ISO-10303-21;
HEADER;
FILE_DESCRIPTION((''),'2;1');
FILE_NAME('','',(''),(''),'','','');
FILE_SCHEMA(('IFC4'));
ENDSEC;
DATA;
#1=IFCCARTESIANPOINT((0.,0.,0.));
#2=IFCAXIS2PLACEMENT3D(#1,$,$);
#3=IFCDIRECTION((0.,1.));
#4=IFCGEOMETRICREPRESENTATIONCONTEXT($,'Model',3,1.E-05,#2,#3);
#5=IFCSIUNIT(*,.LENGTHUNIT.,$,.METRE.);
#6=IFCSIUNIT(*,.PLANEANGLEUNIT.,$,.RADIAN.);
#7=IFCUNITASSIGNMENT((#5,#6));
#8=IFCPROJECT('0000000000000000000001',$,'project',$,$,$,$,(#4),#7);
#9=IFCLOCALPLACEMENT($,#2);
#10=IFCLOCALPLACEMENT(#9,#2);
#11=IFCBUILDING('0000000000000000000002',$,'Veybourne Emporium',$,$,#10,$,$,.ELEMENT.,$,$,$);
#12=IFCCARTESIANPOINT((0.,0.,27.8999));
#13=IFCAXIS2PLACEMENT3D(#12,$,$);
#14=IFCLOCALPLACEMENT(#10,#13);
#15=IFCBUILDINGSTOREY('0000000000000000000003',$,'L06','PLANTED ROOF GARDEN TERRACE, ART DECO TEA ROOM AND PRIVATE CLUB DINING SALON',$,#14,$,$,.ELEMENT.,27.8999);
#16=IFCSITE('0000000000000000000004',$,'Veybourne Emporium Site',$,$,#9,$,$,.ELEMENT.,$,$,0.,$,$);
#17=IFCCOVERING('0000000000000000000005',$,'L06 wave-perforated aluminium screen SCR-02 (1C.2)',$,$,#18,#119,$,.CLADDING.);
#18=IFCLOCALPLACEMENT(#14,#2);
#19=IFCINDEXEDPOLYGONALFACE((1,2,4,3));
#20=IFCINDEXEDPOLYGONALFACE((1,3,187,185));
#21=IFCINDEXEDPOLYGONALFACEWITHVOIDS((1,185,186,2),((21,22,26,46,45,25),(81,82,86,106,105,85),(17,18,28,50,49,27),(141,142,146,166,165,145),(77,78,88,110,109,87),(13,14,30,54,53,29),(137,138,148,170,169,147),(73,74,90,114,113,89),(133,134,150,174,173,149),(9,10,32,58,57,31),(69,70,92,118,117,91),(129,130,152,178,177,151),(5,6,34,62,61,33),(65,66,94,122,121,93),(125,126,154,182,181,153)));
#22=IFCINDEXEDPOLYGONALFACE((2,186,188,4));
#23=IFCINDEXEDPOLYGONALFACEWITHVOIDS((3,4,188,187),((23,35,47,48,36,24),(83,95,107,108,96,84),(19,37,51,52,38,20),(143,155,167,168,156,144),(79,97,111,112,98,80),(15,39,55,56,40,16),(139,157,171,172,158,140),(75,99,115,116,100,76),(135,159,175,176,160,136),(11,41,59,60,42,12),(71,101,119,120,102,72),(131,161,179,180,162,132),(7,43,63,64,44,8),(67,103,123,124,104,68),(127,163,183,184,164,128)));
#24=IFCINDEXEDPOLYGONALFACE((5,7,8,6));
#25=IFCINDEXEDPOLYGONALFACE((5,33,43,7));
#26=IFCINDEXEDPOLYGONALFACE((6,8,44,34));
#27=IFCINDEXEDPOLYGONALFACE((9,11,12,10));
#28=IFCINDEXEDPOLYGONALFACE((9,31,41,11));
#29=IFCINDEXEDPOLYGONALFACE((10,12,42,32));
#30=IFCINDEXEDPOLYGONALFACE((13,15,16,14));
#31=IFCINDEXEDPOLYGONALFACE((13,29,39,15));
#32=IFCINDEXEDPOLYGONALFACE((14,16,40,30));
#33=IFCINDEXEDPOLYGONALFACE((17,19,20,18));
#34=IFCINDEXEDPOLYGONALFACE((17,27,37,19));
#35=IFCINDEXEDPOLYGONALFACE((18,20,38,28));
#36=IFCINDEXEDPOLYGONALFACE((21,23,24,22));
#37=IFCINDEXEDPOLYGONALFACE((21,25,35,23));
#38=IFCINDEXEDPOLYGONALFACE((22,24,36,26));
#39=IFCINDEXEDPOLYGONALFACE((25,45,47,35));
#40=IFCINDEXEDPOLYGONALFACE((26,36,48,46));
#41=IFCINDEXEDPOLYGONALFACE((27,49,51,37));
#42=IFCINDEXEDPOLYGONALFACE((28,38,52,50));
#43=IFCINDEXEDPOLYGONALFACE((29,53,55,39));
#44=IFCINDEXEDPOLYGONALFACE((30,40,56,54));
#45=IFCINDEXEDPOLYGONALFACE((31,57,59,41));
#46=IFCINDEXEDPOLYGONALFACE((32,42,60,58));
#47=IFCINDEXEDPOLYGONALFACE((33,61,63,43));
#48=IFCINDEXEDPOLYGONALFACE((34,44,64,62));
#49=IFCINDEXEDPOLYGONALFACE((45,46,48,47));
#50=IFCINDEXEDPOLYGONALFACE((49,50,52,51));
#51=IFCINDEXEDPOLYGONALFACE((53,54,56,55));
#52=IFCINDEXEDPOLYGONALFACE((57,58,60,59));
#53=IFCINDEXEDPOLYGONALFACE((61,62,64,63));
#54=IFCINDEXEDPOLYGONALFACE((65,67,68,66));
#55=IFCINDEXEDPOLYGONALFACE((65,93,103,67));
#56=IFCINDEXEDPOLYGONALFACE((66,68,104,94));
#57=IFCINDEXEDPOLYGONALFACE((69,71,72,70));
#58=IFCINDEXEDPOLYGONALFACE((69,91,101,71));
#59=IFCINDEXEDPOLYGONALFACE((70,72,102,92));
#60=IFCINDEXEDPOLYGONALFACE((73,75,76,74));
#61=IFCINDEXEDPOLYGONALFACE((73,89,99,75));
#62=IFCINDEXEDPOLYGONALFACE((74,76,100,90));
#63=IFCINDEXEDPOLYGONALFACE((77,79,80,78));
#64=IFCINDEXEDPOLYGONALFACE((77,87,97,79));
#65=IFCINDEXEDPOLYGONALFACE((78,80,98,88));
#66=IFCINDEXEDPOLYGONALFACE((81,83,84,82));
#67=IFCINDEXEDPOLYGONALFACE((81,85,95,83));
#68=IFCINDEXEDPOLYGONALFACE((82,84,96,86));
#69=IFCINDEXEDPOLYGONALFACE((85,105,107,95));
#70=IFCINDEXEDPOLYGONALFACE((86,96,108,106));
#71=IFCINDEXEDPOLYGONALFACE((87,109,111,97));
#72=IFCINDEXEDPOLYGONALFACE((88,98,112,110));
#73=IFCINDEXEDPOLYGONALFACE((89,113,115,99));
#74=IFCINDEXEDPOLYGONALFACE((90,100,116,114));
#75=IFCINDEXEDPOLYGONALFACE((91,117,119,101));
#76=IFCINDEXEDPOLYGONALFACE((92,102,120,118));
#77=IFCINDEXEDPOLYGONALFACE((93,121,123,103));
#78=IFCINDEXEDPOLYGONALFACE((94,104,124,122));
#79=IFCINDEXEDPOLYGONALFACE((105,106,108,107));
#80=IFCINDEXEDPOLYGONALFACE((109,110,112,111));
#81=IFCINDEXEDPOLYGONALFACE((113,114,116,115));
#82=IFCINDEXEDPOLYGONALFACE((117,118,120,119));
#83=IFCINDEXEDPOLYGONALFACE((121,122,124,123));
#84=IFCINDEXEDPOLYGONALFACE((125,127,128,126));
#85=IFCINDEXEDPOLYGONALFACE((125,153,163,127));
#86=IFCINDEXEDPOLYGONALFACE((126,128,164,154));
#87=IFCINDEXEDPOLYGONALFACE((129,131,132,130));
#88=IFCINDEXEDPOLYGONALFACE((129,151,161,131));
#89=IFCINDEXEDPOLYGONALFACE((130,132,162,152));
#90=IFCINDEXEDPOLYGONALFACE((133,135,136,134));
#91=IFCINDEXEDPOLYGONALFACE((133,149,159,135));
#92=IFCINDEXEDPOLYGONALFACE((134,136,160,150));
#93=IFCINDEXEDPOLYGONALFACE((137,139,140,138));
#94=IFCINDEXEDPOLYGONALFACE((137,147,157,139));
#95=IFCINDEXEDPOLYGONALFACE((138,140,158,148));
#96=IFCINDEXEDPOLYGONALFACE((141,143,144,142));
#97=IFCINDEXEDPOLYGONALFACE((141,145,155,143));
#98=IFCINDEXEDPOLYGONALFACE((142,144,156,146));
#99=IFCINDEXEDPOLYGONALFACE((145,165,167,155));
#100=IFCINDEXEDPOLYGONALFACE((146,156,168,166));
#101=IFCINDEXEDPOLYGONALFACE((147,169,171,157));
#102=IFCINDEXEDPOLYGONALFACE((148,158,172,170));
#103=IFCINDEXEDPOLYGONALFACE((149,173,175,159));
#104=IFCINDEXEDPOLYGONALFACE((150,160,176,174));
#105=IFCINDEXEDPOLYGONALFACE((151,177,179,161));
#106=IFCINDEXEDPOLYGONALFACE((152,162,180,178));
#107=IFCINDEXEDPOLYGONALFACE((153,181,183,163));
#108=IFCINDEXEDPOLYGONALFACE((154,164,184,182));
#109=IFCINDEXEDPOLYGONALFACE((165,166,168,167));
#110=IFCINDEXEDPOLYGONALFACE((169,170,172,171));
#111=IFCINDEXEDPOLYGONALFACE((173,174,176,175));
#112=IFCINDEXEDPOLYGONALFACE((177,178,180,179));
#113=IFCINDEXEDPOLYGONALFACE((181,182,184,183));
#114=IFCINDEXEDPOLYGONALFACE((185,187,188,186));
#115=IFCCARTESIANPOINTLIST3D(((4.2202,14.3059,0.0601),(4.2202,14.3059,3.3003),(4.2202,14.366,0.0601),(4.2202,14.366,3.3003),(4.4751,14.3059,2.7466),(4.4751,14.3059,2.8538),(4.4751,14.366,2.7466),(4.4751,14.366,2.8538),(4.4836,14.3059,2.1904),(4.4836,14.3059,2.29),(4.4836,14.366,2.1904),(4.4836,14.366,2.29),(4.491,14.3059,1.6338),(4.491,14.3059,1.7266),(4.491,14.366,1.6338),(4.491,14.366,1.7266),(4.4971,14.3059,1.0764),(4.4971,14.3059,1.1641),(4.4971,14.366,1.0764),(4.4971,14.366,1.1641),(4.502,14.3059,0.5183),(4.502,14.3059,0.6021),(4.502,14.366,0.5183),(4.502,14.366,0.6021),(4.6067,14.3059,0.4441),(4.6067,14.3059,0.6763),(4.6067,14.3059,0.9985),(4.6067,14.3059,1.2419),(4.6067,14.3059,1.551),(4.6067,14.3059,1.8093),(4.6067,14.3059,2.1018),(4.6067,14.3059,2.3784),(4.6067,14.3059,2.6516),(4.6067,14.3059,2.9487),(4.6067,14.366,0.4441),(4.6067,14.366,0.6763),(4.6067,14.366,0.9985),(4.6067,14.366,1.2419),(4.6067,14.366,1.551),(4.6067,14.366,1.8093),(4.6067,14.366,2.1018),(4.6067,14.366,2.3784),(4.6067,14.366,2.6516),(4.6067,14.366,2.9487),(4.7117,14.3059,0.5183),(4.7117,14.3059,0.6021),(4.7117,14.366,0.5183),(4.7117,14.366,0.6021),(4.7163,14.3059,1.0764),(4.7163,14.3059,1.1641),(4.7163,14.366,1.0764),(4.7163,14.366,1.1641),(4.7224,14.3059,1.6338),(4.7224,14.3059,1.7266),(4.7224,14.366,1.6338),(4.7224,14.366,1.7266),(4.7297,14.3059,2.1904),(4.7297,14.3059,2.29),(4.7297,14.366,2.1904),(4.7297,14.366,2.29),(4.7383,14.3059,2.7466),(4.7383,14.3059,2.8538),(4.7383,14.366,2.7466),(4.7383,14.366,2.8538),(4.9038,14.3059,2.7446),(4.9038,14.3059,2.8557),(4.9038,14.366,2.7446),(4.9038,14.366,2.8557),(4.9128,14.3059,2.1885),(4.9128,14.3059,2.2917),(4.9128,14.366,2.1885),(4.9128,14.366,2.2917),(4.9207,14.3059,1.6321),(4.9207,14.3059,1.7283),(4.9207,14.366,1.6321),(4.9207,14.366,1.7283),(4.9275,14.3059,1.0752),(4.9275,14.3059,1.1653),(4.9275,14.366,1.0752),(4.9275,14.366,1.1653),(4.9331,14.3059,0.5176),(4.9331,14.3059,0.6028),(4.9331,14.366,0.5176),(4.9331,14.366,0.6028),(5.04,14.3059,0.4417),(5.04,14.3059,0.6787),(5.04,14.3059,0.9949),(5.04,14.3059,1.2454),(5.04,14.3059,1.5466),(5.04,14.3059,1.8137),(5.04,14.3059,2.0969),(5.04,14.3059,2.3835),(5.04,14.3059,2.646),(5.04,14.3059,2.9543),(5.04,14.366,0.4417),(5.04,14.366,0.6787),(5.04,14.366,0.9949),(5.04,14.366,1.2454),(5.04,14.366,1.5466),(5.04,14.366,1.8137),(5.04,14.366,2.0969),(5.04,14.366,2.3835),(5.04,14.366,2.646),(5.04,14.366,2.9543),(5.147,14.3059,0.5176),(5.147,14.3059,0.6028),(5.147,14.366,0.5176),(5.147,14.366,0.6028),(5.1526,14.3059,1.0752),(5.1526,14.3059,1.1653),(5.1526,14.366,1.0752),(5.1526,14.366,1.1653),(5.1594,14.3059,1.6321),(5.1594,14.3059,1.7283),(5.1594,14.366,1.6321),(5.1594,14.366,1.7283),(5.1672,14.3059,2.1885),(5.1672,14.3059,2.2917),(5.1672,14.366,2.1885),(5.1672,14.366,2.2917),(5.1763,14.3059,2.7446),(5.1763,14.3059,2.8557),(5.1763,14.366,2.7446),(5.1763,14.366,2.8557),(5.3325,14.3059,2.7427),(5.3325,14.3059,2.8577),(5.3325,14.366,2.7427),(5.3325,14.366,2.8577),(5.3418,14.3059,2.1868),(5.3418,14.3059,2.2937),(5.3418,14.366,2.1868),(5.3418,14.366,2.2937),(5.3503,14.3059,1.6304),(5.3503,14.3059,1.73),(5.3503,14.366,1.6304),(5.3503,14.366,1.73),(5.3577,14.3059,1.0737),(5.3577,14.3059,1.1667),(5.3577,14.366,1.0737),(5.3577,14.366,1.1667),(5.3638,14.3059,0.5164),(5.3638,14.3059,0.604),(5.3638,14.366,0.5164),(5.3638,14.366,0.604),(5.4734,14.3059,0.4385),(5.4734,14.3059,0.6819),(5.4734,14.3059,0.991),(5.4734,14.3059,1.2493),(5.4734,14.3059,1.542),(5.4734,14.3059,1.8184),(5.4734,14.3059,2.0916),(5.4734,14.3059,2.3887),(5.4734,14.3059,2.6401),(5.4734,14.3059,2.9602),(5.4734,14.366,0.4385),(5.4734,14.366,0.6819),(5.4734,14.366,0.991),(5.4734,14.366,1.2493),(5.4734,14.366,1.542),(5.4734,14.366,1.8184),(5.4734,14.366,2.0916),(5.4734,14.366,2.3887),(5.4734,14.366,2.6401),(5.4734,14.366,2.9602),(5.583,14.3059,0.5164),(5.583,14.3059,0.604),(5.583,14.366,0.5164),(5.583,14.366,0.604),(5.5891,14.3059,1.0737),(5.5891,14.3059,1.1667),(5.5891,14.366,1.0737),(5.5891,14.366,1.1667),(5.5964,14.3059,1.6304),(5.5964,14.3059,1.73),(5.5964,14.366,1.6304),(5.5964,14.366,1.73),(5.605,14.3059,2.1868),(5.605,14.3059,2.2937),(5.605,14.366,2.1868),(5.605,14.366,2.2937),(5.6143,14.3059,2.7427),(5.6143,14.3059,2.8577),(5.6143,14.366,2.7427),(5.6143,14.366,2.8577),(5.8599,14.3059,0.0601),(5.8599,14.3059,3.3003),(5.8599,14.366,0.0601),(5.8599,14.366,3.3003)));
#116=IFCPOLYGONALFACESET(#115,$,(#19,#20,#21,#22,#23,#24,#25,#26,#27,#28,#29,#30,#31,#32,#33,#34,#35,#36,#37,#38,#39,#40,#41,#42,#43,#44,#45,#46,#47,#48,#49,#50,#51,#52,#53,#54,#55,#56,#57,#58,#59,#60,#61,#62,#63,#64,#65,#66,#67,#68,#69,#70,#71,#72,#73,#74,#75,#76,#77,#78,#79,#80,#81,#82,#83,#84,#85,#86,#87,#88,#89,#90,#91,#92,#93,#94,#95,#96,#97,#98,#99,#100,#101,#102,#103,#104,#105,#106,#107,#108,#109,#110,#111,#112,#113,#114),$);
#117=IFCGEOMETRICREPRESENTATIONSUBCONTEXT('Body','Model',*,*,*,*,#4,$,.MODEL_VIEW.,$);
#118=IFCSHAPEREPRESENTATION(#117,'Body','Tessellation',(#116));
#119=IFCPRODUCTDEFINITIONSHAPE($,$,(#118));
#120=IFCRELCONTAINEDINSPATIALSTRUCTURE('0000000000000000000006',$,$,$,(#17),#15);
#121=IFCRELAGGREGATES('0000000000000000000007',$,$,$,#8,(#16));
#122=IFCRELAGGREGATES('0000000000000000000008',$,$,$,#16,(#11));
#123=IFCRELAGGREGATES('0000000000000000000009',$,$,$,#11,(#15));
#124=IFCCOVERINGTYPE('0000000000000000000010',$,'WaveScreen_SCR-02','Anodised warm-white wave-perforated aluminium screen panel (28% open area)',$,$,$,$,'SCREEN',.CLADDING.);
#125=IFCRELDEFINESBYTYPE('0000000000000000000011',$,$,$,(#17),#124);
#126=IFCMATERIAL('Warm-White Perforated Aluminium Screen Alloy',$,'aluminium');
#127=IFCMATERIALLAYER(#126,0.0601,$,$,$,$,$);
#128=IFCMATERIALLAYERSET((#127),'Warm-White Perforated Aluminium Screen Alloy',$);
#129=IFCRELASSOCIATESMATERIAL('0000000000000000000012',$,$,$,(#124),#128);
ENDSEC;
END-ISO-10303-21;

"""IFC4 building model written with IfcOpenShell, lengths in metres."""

from ifc_helpers import new_model, si_unit, direction, frame, origin, place, context, subcontext, project, spatial, polyline, outline, extrude, material, layer, layer_set, type_object, element, save


model = new_model("IFC4")

# Units and contexts
model_context = context("Model", 3, precision=1e-05, world=origin(), true_north=direction((0.0, 1.0)))
body_context = subcontext(model_context, "Body", "Model", "MODEL_VIEW")
ifc_project = project(units=[si_unit("LENGTHUNIT", "METRE"), si_unit("PLANEANGLEUNIT", "RADIAN")], contexts=[model_context])

# Site, building, storey
site_placement = place(None, origin())
site = spatial("IfcSite", under=ifc_project, at=site_placement, Name="Veybourne Emporium Site", CompositionType="ELEMENT", RefElevation=0.0)
building_placement = place(site_placement, origin())
building = spatial("IfcBuilding", under=site, at=building_placement, Name="Veybourne Emporium", CompositionType="ELEMENT")
storey_placement = place(building_placement, frame((0.0, 0.0, 27.8999)))
storey = spatial("IfcBuildingStorey", under=building, at=storey_placement, Name="L06", Description="PLANTED ROOF GARDEN TERRACE, ART DECO TEA ROOM AND PRIVATE CLUB DINING SALON", CompositionType="ELEMENT", Elevation=27.8999)

# Covering
ifc_material_1 = material(Name="Warm-White Perforated Aluminium Screen Alloy", Category="aluminium")
ifc_layer_1 = layer(ifc_material_1, 0.0601)
ifc_layer_set_1 = layer_set([ifc_layer_1], Name="Warm-White Perforated Aluminium Screen Alloy")
covering_type_1 = type_object("IfcCoveringType", Name="WaveScreen_SCR-02", Description="Anodised warm-white wave-perforated aluminium screen panel (28% open area)", ElementType="SCREEN", PredefinedType="CLADDING", material=ifc_layer_set_1)
covering_1_placement = place(storey_placement, frame((5.04, 14.3059, 1.6802), z_axis=(0.0, 1.0, 0.0), x_axis=(-1.0, 0.0, 0.0)))
element("IfcCovering", 1, at=covering_1_placement, inside=storey, type_object=covering_type_1, Name="L06 wave-perforated aluminium screen SCR-02 (1C.2)", PredefinedType="CLADDING", context=body_context, shape_type="SweptSolid", body=[
    extrude(outline(polyline([(-0.8198, -1.6201), (0.8198, -1.6201), (0.8198, 1.6201), (-0.8198, 1.6201), (-0.8198, -1.6201)]), holes=[polyline([(-0.4333, -0.9983), (-0.3237, -1.0762), (-0.3237, -1.1638), (-0.4333, -1.2417), (-0.543, -1.1638), (-0.543, -1.0762), (-0.4333, -0.9983)]), polyline([(-0.4333, -0.4309), (-0.3176, -0.5134), (-0.3176, -0.6064), (-0.4333, -0.6892), (-0.5491, -0.6064), (-0.5491, -0.5134), (-0.4333, -0.4309)]), polyline([(-0.4333, 0.1382), (-0.3103, 0.0498), (-0.3103, -0.0498), (-0.4333, -0.1382), (-0.5564, -0.0498), (-0.5564, 0.0498), (-0.4333, 0.1382)]), polyline([(-0.4333, 0.7085), (-0.3018, 0.6135), (-0.3018, 0.5066), (-0.4333, 0.4114), (-0.5649, 0.5066), (-0.5649, 0.6135), (-0.4333, 0.7085)]), polyline([(-0.4333, 1.28), (-0.2925, 1.1775), (-0.2925, 1.0625), (-0.4333, 0.96), (-0.5742, 1.0625), (-0.5742, 1.1775), (-0.4333, 1.28)]), polyline([(0.0, -1.0015), (0.1069, -1.0774), (0.1069, -1.1626), (0.0, -1.2385), (-0.1069, -1.1626), (-0.1069, -1.0774), (0.0, -1.0015)]), polyline([(0.0, -0.4348), (0.1125, -0.5149), (0.1125, -0.605), (0.0, -0.6853), (-0.1125, -0.605), (-0.1125, -0.5149), (0.0, -0.4348)]), polyline([(0.0, 0.1335), (0.1194, 0.0481), (0.1194, -0.0481), (0.0, -0.1335), (-0.1194, -0.0481), (-0.1194, 0.0481), (0.0, 0.1335)]), polyline([(0.0, 0.7034), (0.1272, 0.6116), (0.1272, 0.5083), (0.0, 0.4167), (-0.1272, 0.5083), (-0.1272, 0.6116), (0.0, 0.7034)]), polyline([(0.0, 1.2742), (0.1362, 1.1755), (0.1362, 1.0645), (0.0, 0.9658), (-0.1362, 1.0645), (-0.1362, 1.1755), (0.0, 1.2742)]), polyline([(0.4333, -1.0039), (0.5381, -1.0781), (0.5381, -1.1619), (0.4333, -1.2361), (0.3284, -1.1619), (0.3284, -1.0781), (0.4333, -1.0039)]), polyline([(0.4333, -0.4382), (0.543, -0.5161), (0.543, -0.6038), (0.4333, -0.6816), (0.3237, -0.6038), (0.3237, -0.5161), (0.4333, -0.4382)]), polyline([(0.4333, 0.1292), (0.5491, 0.0464), (0.5491, -0.0464), (0.4333, -0.1292), (0.3176, -0.0464), (0.3176, 0.0464), (0.4333, 0.1292)]), polyline([(0.4333, 0.6982), (0.5564, 0.6099), (0.5564, 0.5103), (0.4333, 0.4216), (0.3103, 0.5103), (0.3103, 0.6099), (0.4333, 0.6982)]), polyline([(0.4333, 1.2686), (0.5649, 1.1736), (0.5649, 1.0664), (0.4333, 0.9714), (0.3018, 1.0664), (0.3018, 1.1736), (0.4333, 1.2686)])]), origin(), (0.0, 0.0, 1.0), 0.0601),
])

save(model, "model.ifc")
